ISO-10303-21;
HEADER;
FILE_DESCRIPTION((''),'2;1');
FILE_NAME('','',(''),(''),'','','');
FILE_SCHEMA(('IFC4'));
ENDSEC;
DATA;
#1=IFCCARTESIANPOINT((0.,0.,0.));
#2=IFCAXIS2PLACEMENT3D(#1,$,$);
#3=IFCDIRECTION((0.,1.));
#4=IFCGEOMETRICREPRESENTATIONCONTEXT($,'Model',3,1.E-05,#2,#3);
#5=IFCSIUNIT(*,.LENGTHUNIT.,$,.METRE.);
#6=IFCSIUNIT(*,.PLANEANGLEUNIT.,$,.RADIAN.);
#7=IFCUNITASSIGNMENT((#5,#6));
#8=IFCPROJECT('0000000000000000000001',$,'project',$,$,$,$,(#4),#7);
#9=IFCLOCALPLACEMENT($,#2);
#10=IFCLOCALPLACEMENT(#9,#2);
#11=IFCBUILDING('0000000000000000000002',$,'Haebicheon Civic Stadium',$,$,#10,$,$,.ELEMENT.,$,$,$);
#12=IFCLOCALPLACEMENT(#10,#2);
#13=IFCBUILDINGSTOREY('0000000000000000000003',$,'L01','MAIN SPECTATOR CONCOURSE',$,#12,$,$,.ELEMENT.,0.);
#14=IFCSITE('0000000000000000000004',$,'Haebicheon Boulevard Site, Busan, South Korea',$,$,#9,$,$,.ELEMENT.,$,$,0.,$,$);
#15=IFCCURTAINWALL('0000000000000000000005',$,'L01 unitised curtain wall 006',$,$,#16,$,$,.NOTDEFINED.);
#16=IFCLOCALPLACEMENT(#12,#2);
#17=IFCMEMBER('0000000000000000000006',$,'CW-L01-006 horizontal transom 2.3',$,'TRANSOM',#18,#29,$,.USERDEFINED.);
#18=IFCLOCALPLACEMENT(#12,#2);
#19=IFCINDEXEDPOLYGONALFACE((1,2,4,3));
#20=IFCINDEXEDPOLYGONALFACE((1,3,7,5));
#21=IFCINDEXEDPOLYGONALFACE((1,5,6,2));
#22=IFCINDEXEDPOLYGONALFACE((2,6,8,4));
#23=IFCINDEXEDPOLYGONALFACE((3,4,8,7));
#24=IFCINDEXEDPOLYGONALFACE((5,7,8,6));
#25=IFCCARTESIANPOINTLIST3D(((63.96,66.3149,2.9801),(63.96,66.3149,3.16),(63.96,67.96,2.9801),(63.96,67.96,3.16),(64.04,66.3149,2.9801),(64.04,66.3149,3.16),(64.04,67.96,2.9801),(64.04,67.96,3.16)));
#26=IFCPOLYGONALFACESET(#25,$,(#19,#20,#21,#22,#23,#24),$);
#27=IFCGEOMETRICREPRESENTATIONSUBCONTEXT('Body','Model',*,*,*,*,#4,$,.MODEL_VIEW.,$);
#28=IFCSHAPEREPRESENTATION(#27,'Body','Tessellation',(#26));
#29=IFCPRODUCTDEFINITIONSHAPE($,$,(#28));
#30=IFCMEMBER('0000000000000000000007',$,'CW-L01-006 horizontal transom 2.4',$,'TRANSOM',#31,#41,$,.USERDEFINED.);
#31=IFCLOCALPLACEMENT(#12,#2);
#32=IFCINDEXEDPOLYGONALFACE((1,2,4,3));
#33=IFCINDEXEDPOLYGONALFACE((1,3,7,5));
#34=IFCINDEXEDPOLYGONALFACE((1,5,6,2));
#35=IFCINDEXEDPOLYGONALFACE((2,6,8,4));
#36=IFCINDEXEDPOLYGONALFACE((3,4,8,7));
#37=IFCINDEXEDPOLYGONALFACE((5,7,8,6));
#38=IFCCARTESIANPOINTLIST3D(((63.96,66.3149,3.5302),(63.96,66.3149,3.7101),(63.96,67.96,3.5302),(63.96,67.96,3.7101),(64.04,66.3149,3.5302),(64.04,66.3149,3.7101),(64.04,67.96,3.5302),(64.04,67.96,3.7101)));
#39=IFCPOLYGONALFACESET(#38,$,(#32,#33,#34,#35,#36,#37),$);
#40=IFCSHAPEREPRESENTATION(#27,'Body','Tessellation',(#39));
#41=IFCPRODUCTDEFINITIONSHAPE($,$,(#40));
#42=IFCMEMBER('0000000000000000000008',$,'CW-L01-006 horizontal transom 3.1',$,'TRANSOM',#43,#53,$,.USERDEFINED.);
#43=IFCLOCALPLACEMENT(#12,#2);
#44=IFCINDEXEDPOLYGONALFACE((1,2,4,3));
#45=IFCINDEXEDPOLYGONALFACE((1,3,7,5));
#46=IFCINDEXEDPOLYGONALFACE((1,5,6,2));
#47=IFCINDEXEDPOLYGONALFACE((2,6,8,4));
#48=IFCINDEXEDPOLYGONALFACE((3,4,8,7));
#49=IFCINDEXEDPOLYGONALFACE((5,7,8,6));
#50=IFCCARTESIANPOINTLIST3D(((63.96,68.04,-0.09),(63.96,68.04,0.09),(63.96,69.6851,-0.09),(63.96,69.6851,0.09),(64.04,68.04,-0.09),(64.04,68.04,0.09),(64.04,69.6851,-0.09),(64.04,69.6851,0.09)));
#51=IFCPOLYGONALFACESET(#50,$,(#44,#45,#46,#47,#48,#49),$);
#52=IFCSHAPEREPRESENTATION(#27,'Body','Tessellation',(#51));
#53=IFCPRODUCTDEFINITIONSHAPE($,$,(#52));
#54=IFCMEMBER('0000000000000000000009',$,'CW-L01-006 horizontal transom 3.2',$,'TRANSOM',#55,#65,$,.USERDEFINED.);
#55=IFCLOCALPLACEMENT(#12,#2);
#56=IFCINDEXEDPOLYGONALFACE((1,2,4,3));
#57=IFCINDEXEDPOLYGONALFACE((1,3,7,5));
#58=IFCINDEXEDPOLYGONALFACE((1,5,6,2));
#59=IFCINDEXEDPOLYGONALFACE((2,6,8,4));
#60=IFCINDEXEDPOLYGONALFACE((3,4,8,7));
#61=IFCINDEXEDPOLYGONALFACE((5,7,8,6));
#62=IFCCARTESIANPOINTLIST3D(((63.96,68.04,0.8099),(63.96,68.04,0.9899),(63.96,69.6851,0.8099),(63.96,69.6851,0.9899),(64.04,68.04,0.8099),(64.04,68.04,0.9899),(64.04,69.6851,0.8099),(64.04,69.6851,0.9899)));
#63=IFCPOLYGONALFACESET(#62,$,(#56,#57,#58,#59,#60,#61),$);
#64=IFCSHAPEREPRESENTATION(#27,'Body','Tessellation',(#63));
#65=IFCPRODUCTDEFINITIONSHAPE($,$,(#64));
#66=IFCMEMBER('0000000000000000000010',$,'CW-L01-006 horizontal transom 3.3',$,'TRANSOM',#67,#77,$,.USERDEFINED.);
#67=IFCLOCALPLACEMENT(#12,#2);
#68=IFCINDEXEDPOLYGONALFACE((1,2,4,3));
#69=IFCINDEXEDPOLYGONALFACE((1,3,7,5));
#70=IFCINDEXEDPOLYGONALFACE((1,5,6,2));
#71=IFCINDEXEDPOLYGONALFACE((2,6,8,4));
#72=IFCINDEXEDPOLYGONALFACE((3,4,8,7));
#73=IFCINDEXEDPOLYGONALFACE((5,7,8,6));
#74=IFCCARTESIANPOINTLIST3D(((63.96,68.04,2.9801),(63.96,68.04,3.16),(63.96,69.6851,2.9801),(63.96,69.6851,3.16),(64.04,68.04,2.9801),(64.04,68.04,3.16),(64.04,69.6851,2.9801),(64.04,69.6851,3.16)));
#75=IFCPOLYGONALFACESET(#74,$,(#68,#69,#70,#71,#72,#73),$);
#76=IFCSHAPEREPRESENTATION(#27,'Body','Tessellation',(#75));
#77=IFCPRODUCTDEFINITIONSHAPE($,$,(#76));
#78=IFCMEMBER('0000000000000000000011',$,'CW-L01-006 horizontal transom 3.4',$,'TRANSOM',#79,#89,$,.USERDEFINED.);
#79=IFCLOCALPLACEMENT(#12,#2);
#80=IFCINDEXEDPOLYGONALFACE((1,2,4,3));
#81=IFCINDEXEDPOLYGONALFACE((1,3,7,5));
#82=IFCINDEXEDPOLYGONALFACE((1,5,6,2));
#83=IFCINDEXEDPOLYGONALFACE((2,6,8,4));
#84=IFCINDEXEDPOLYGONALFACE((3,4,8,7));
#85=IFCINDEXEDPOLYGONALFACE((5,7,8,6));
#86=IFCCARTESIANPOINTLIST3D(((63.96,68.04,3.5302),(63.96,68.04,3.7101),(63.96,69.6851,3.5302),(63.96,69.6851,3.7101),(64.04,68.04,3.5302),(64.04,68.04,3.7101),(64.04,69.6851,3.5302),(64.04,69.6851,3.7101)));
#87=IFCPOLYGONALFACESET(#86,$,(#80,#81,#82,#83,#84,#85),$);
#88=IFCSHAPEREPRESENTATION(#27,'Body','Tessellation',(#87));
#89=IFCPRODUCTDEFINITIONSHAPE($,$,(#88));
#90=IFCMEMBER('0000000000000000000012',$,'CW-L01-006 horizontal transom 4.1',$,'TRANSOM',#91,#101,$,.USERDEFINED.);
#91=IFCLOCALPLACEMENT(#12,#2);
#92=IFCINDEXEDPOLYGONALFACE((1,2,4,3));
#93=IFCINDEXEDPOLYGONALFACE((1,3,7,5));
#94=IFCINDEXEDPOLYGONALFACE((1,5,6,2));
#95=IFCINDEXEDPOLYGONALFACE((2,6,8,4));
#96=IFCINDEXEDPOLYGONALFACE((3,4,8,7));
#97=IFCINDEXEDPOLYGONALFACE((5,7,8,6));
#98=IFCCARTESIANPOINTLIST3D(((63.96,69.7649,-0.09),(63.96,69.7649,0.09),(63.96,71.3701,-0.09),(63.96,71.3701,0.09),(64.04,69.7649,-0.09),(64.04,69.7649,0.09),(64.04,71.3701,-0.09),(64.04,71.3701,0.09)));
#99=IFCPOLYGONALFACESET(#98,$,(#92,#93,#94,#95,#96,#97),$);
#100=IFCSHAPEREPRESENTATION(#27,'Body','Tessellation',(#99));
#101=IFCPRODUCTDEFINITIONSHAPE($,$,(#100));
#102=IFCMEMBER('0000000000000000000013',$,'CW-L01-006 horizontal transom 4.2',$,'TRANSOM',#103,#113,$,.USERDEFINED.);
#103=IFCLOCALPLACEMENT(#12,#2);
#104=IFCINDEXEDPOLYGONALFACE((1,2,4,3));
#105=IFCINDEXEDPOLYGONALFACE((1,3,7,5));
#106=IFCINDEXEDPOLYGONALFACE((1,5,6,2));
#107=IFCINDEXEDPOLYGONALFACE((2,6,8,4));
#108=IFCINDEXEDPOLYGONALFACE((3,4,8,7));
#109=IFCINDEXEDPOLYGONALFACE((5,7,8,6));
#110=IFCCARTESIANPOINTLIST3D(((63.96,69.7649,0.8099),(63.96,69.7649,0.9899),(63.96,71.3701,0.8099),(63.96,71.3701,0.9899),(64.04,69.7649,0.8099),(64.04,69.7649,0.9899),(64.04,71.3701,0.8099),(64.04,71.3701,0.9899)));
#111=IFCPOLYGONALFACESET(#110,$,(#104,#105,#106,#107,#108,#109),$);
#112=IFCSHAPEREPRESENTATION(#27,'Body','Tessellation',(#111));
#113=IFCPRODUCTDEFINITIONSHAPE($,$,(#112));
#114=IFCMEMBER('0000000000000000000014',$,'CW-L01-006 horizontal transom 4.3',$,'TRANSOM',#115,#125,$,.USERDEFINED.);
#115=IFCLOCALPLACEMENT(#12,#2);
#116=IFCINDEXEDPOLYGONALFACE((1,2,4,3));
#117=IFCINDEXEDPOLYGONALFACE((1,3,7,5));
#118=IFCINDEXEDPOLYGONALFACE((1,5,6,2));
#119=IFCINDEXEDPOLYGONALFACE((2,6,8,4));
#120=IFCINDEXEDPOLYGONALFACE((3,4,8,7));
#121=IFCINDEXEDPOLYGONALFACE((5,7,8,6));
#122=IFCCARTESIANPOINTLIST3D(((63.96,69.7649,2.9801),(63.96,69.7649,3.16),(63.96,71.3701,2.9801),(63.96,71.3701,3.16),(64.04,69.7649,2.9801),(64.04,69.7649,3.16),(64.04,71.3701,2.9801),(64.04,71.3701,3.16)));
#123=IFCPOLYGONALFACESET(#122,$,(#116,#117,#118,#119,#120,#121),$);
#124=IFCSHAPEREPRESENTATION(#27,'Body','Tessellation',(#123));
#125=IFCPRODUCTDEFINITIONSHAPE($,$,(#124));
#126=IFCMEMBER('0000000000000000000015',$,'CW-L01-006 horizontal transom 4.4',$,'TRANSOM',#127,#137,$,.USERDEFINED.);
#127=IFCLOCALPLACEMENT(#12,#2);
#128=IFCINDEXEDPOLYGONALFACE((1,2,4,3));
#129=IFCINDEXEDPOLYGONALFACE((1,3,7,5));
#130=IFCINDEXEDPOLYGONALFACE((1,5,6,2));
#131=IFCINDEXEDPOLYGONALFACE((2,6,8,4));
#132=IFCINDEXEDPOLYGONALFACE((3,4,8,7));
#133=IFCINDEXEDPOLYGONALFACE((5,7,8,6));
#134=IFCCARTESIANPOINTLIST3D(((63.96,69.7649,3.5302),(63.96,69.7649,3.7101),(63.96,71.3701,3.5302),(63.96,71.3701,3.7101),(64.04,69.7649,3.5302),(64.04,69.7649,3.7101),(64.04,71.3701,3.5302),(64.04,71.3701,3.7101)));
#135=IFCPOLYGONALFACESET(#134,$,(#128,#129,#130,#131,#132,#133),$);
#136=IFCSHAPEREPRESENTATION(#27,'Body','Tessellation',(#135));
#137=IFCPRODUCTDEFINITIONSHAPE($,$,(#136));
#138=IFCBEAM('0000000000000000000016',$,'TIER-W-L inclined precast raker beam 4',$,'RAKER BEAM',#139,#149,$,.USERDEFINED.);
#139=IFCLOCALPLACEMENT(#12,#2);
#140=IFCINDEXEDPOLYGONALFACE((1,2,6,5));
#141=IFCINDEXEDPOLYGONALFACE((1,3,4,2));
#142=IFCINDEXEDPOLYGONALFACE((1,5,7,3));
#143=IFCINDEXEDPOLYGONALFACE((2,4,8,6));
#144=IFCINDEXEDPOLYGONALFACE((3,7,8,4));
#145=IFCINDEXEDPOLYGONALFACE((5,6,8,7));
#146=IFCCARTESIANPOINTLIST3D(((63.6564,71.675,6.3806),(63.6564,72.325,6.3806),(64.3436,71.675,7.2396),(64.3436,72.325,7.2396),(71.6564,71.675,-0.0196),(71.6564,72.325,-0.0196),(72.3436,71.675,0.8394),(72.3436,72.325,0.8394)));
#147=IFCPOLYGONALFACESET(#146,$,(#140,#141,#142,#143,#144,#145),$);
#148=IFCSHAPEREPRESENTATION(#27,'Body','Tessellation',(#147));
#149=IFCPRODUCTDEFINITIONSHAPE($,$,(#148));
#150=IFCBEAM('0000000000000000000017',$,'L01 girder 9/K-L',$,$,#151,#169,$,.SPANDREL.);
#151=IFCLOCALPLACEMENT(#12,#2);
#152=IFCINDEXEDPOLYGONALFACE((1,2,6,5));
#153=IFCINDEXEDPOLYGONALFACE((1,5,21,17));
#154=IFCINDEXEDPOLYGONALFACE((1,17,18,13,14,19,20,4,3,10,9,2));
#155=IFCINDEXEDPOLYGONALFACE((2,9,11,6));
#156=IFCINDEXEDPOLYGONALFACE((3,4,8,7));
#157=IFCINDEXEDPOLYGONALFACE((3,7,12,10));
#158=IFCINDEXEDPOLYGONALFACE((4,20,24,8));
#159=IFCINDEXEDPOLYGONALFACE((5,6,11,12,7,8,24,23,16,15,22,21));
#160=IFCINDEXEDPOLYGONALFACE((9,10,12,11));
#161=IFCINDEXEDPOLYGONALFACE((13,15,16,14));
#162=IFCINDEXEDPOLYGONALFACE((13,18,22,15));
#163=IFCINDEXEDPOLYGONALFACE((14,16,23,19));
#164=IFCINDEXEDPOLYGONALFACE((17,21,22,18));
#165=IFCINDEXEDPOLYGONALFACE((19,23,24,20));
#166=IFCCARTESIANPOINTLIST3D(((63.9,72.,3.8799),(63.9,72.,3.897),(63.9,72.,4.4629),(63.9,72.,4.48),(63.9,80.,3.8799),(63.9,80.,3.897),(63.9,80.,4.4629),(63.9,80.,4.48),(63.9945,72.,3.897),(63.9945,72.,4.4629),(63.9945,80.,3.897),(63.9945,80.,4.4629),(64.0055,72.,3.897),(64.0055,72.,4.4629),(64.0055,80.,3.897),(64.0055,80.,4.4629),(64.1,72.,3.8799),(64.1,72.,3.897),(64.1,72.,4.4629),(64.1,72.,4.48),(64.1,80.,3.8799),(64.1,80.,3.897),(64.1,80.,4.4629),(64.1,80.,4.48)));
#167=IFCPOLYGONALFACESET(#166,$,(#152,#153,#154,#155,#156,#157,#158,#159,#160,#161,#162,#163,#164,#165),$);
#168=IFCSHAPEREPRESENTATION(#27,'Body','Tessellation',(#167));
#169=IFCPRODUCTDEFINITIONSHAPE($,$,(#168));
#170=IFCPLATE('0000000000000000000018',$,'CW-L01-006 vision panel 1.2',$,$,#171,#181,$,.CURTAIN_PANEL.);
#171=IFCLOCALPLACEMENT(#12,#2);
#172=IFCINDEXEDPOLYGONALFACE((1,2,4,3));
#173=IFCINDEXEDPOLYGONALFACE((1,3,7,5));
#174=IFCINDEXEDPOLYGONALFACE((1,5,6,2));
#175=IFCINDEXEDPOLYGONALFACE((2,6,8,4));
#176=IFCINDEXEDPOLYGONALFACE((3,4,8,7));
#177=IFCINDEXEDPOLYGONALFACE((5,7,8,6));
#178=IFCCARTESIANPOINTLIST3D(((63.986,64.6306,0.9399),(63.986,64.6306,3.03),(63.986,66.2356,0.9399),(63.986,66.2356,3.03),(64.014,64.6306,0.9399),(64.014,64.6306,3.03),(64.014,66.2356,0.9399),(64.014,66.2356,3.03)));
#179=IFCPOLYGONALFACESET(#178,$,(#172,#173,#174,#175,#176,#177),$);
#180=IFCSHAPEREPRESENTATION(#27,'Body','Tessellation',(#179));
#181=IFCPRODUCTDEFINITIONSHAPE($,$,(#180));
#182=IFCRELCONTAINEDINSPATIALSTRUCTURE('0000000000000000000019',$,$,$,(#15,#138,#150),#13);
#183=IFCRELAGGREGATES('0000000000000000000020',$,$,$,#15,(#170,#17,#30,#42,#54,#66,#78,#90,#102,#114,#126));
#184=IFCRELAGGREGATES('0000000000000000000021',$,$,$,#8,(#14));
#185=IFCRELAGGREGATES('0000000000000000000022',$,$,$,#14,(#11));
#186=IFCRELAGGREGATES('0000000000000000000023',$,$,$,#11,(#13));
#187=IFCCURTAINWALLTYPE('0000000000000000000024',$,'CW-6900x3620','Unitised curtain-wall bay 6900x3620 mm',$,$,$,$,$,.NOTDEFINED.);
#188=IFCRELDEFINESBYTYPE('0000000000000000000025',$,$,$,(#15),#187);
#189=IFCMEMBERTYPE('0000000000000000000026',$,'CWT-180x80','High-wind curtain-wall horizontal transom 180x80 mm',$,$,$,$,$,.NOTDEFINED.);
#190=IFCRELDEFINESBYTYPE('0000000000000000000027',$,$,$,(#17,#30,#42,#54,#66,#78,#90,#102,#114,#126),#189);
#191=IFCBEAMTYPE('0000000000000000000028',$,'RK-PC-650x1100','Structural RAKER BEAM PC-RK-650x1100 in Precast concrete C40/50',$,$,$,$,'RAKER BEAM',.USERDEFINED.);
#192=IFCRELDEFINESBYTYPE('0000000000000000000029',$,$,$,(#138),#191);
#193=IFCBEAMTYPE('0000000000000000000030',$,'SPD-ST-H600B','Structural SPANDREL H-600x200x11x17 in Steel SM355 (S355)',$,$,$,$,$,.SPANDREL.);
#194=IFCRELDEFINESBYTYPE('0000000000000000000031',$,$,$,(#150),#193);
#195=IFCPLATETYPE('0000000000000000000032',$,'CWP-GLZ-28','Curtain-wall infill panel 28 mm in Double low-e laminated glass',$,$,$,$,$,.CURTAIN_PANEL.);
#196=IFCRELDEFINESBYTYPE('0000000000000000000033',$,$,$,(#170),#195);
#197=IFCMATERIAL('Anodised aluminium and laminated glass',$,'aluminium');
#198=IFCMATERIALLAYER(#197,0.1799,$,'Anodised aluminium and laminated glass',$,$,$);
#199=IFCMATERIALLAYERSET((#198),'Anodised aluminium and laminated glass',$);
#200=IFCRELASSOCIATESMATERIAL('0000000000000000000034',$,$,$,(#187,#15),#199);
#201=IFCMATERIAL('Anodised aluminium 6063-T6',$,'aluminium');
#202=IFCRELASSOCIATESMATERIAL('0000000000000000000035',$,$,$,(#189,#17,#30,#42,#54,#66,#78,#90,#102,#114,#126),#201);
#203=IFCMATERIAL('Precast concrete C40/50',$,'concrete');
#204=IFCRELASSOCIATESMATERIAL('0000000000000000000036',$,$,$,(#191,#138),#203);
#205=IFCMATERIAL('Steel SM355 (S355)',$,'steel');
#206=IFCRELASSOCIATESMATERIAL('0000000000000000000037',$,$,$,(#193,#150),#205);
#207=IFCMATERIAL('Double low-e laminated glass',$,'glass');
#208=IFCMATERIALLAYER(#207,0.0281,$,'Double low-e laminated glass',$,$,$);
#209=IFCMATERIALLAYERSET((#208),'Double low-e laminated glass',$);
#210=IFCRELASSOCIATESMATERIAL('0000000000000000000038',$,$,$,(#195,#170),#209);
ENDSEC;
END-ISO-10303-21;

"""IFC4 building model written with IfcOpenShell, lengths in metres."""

from ifc_helpers import new_model, si_unit, direction, frame, origin, origin_2d, place, context, subcontext, project, spatial, rectangle, i_section, extrude, material, layer, layer_set, material_profile, profile_set, type_object, element, aggregate, save


model = new_model("IFC4")

# Units and contexts
model_context = context("Model", 3, precision=1e-05, world=origin(), true_north=direction((0.0, 1.0)))
body_context = subcontext(model_context, "Body", "Model", "MODEL_VIEW")
ifc_project = project(units=[si_unit("LENGTHUNIT", "METRE"), si_unit("PLANEANGLEUNIT", "RADIAN")], contexts=[model_context])

# Site, building, storey
site_placement = place(None, origin())
site = spatial("IfcSite", under=ifc_project, at=site_placement, Name="Haebicheon Boulevard Site, Busan, South Korea", CompositionType="ELEMENT", RefElevation=0.0)
building_placement = place(site_placement, origin())
building = spatial("IfcBuilding", under=site, at=building_placement, Name="Haebicheon Civic Stadium", CompositionType="ELEMENT")
storey_placement = place(building_placement, origin())
storey = spatial("IfcBuildingStorey", under=building, at=storey_placement, Name="L01", Description="MAIN SPECTATOR CONCOURSE", CompositionType="ELEMENT", Elevation=0.0)

# Curtain wall, members
ifc_material_1 = material(Name="Anodised aluminium and laminated glass", Category="aluminium")
ifc_layer_1 = layer(ifc_material_1, 0.1799, Name="Anodised aluminium and laminated glass")
ifc_layer_set_1 = layer_set([ifc_layer_1], Name="Anodised aluminium and laminated glass")
curtain_wall_type = type_object("IfcCurtainWallType", Name="CW-6900x3620", Description="Unitised curtain-wall bay 6900x3620 mm", PredefinedType="NOTDEFINED", material=ifc_layer_set_1)
curtain_wall_placement = place(storey_placement, origin())
curtain_wall = element("IfcCurtainWall", 1, at=curtain_wall_placement, inside=storey, type_object=curtain_wall_type, material=ifc_layer_set_1, Name="L01 unitised curtain wall 006", PredefinedType="NOTDEFINED")
ifc_material_2 = material(Name="Anodised aluminium 6063-T6", Category="aluminium")
ifc_material_profile_1 = material_profile(ifc_material_2, rectangle(XDim=0.0801, YDim=0.1799, at=origin_2d()), Name="ALU-TRAN-80x180")
ifc_profile_set_1 = profile_set([ifc_material_profile_1], Name="Anodised aluminium 6063-T6")
member_type_1 = type_object("IfcMemberType", Name="CWT-180x80", Description="High-wind curtain-wall horizontal transom 180x80 mm", PredefinedType="NOTDEFINED", material=ifc_profile_set_1)
member_1_placement = place(storey_placement, frame((64.0, 66.3149, 3.0701), z_axis=(0.0, 1.0, 0.0), x_axis=(-1.0, 0.0, 0.0)))
member_1 = element("IfcMember", 2, at=member_1_placement, type_object=member_type_1, material=ifc_profile_set_1, Name="CW-L01-006 horizontal transom 2.3", ObjectType="TRANSOM", PredefinedType="USERDEFINED", context=body_context, shape_type="SweptSolid", body=[
    extrude(rectangle(XDim=0.0801, YDim=0.1799, at=origin_2d()), origin(), (0.0, 0.0, 1.0), 1.645),
])
member_2_placement = place(storey_placement, frame((64.0, 66.3149, 3.6201), z_axis=(0.0, 1.0, 0.0), x_axis=(-1.0, 0.0, 0.0)))
member_2 = element("IfcMember", 3, at=member_2_placement, type_object=member_type_1, material=ifc_profile_set_1, Name="CW-L01-006 horizontal transom 2.4", ObjectType="TRANSOM", PredefinedType="USERDEFINED", context=body_context, shape_type="SweptSolid", body=[
    extrude(rectangle(XDim=0.0801, YDim=0.1799, at=origin_2d()), origin(), (0.0, 0.0, 1.0), 1.645),
])
member_3_placement = place(storey_placement, frame((64.0, 68.04, 0.0), z_axis=(0.0, 1.0, 0.0), x_axis=(-1.0, 0.0, 0.0)))
member_3 = element("IfcMember", 4, at=member_3_placement, type_object=member_type_1, material=ifc_profile_set_1, Name="CW-L01-006 horizontal transom 3.1", ObjectType="TRANSOM", PredefinedType="USERDEFINED", context=body_context, shape_type="SweptSolid", body=[
    extrude(rectangle(XDim=0.0801, YDim=0.1799, at=origin_2d()), origin(), (0.0, 0.0, 1.0), 1.645),
])
member_4_placement = place(storey_placement, frame((64.0, 68.04, 0.8999), z_axis=(0.0, 1.0, 0.0), x_axis=(-1.0, 0.0, 0.0)))
member_4 = element("IfcMember", 5, at=member_4_placement, type_object=member_type_1, material=ifc_profile_set_1, Name="CW-L01-006 horizontal transom 3.2", ObjectType="TRANSOM", PredefinedType="USERDEFINED", context=body_context, shape_type="SweptSolid", body=[
    extrude(rectangle(XDim=0.0801, YDim=0.1799, at=origin_2d()), origin(), (0.0, 0.0, 1.0), 1.645),
])
member_5_placement = place(storey_placement, frame((64.0, 68.04, 3.0701), z_axis=(0.0, 1.0, 0.0), x_axis=(-1.0, 0.0, 0.0)))
member_5 = element("IfcMember", 6, at=member_5_placement, type_object=member_type_1, material=ifc_profile_set_1, Name="CW-L01-006 horizontal transom 3.3", ObjectType="TRANSOM", PredefinedType="USERDEFINED", context=body_context, shape_type="SweptSolid", body=[
    extrude(rectangle(XDim=0.0801, YDim=0.1799, at=origin_2d()), origin(), (0.0, 0.0, 1.0), 1.645),
])
member_6_placement = place(storey_placement, frame((64.0, 68.04, 3.6201), z_axis=(0.0, 1.0, 0.0), x_axis=(-1.0, 0.0, 0.0)))
member_6 = element("IfcMember", 7, at=member_6_placement, type_object=member_type_1, material=ifc_profile_set_1, Name="CW-L01-006 horizontal transom 3.4", ObjectType="TRANSOM", PredefinedType="USERDEFINED", context=body_context, shape_type="SweptSolid", body=[
    extrude(rectangle(XDim=0.0801, YDim=0.1799, at=origin_2d()), origin(), (0.0, 0.0, 1.0), 1.645),
])
member_7_placement = place(storey_placement, frame((64.0, 69.7649, 0.0), z_axis=(0.0, 1.0, 0.0), x_axis=(-1.0, 0.0, 0.0)))
member_7 = element("IfcMember", 8, at=member_7_placement, type_object=member_type_1, material=ifc_profile_set_1, Name="CW-L01-006 horizontal transom 4.1", ObjectType="TRANSOM", PredefinedType="USERDEFINED", context=body_context, shape_type="SweptSolid", body=[
    extrude(rectangle(XDim=0.0801, YDim=0.1799, at=origin_2d()), origin(), (0.0, 0.0, 1.0), 1.6052),
])
member_8_placement = place(storey_placement, frame((64.0, 69.7649, 0.8999), z_axis=(0.0, 1.0, 0.0), x_axis=(-1.0, 0.0, 0.0)))
member_8 = element("IfcMember", 9, at=member_8_placement, type_object=member_type_1, material=ifc_profile_set_1, Name="CW-L01-006 horizontal transom 4.2", ObjectType="TRANSOM", PredefinedType="USERDEFINED", context=body_context, shape_type="SweptSolid", body=[
    extrude(rectangle(XDim=0.0801, YDim=0.1799, at=origin_2d()), origin(), (0.0, 0.0, 1.0), 1.6052),
])
member_9_placement = place(storey_placement, frame((64.0, 69.7649, 3.0701), z_axis=(0.0, 1.0, 0.0), x_axis=(-1.0, 0.0, 0.0)))
member_9 = element("IfcMember", 10, at=member_9_placement, type_object=member_type_1, material=ifc_profile_set_1, Name="CW-L01-006 horizontal transom 4.3", ObjectType="TRANSOM", PredefinedType="USERDEFINED", context=body_context, shape_type="SweptSolid", body=[
    extrude(rectangle(XDim=0.0801, YDim=0.1799, at=origin_2d()), origin(), (0.0, 0.0, 1.0), 1.6052),
])
member_10_placement = place(storey_placement, frame((64.0, 69.7649, 3.6201), z_axis=(0.0, 1.0, 0.0), x_axis=(-1.0, 0.0, 0.0)))
member_10 = element("IfcMember", 11, at=member_10_placement, type_object=member_type_1, material=ifc_profile_set_1, Name="CW-L01-006 horizontal transom 4.4", ObjectType="TRANSOM", PredefinedType="USERDEFINED", context=body_context, shape_type="SweptSolid", body=[
    extrude(rectangle(XDim=0.0801, YDim=0.1799, at=origin_2d()), origin(), (0.0, 0.0, 1.0), 1.6052),
])

# Beams
ifc_material_3 = material(Name="Precast concrete C40/50", Category="concrete")
ifc_material_profile_2 = material_profile(ifc_material_3, rectangle(XDim=0.6499, YDim=1.1001, at=origin_2d()), Name="PC-RK-650x1100")
ifc_profile_set_2 = profile_set([ifc_material_profile_2], Name="Precast concrete C40/50")
beam_type_1 = type_object("IfcBeamType", Name="RK-PC-650x1100", Description="Structural RAKER BEAM PC-RK-650x1100 in Precast concrete C40/50", ElementType="RAKER BEAM", PredefinedType="USERDEFINED", material=ifc_profile_set_2)
beam_1_placement = place(storey_placement, frame((72.0, 72.0, 0.4099), z_axis=(-0.780862, 0.0, 0.624704), x_axis=(0.0, -1.0, 0.0)))
element("IfcBeam", 12, at=beam_1_placement, inside=storey, type_object=beam_type_1, material=ifc_profile_set_2, Name="TIER-W-L inclined precast raker beam 4", ObjectType="RAKER BEAM", PredefinedType="USERDEFINED", context=body_context, shape_type="SweptSolid", body=[
    extrude(rectangle(XDim=0.6499, YDim=1.1001, at=origin_2d()), origin(), (0.0, 0.0, 1.0), 10.2451),
])
ifc_material_4 = material(Name="Steel SM355 (S355)", Category="steel")
ifc_material_profile_3 = material_profile(ifc_material_4, i_section(OverallWidth=0.2, OverallDepth=0.6001, WebThickness=0.011, FlangeThickness=0.0171, at=origin_2d()), Name="H-600x200x11x17")
ifc_profile_set_3 = profile_set([ifc_material_profile_3], Name="Steel SM355 (S355)")
beam_type_2 = type_object("IfcBeamType", Name="SPD-ST-H600B", Description="Structural SPANDREL H-600x200x11x17 in Steel SM355 (S355)", PredefinedType="SPANDREL", material=ifc_profile_set_3)
beam_2_placement = place(storey_placement, frame((64.0, 72.0, 4.1799), z_axis=(0.0, 1.0, 0.0), x_axis=(-1.0, 0.0, 0.0)))
element("IfcBeam", 13, at=beam_2_placement, inside=storey, type_object=beam_type_2, material=ifc_profile_set_3, Name="L01 girder 9/K-L", PredefinedType="SPANDREL", context=body_context, shape_type="SweptSolid", body=[
    extrude(i_section(OverallWidth=0.2, OverallDepth=0.6001, WebThickness=0.011, FlangeThickness=0.0171, at=origin_2d()), origin(), (0.0, 0.0, 1.0), 8.0),
])

# Plate
ifc_material_5 = material(Name="Double low-e laminated glass", Category="glass")
ifc_layer_2 = layer(ifc_material_5, 0.0281, Name="Double low-e laminated glass")
ifc_layer_set_2 = layer_set([ifc_layer_2], Name="Double low-e laminated glass")
plate_type_1 = type_object("IfcPlateType", Name="CWP-GLZ-28", Description="Curtain-wall infill panel 28 mm in Double low-e laminated glass", PredefinedType="CURTAIN_PANEL", material=ifc_layer_set_2)
plate_1_placement = place(storey_placement, frame((64.0, 65.4331, 0.9399), z_axis=(0.0, 0.0, 1.0), x_axis=(0.0, 1.0, 0.0)))
plate_1 = element("IfcPlate", 14, at=plate_1_placement, type_object=plate_type_1, material=ifc_layer_set_2, Name="CW-L01-006 vision panel 1.2", PredefinedType="CURTAIN_PANEL", context=body_context, shape_type="SweptSolid", body=[
    extrude(rectangle(XDim=1.605, YDim=0.0281, at=origin_2d()), origin(), (0.0, 0.0, 1.0), 2.0901),
])
aggregate(curtain_wall, [plate_1, member_1, member_2, member_3, member_4, member_5, member_6, member_7, member_8, member_9, member_10])

save(model, "model.ifc")
